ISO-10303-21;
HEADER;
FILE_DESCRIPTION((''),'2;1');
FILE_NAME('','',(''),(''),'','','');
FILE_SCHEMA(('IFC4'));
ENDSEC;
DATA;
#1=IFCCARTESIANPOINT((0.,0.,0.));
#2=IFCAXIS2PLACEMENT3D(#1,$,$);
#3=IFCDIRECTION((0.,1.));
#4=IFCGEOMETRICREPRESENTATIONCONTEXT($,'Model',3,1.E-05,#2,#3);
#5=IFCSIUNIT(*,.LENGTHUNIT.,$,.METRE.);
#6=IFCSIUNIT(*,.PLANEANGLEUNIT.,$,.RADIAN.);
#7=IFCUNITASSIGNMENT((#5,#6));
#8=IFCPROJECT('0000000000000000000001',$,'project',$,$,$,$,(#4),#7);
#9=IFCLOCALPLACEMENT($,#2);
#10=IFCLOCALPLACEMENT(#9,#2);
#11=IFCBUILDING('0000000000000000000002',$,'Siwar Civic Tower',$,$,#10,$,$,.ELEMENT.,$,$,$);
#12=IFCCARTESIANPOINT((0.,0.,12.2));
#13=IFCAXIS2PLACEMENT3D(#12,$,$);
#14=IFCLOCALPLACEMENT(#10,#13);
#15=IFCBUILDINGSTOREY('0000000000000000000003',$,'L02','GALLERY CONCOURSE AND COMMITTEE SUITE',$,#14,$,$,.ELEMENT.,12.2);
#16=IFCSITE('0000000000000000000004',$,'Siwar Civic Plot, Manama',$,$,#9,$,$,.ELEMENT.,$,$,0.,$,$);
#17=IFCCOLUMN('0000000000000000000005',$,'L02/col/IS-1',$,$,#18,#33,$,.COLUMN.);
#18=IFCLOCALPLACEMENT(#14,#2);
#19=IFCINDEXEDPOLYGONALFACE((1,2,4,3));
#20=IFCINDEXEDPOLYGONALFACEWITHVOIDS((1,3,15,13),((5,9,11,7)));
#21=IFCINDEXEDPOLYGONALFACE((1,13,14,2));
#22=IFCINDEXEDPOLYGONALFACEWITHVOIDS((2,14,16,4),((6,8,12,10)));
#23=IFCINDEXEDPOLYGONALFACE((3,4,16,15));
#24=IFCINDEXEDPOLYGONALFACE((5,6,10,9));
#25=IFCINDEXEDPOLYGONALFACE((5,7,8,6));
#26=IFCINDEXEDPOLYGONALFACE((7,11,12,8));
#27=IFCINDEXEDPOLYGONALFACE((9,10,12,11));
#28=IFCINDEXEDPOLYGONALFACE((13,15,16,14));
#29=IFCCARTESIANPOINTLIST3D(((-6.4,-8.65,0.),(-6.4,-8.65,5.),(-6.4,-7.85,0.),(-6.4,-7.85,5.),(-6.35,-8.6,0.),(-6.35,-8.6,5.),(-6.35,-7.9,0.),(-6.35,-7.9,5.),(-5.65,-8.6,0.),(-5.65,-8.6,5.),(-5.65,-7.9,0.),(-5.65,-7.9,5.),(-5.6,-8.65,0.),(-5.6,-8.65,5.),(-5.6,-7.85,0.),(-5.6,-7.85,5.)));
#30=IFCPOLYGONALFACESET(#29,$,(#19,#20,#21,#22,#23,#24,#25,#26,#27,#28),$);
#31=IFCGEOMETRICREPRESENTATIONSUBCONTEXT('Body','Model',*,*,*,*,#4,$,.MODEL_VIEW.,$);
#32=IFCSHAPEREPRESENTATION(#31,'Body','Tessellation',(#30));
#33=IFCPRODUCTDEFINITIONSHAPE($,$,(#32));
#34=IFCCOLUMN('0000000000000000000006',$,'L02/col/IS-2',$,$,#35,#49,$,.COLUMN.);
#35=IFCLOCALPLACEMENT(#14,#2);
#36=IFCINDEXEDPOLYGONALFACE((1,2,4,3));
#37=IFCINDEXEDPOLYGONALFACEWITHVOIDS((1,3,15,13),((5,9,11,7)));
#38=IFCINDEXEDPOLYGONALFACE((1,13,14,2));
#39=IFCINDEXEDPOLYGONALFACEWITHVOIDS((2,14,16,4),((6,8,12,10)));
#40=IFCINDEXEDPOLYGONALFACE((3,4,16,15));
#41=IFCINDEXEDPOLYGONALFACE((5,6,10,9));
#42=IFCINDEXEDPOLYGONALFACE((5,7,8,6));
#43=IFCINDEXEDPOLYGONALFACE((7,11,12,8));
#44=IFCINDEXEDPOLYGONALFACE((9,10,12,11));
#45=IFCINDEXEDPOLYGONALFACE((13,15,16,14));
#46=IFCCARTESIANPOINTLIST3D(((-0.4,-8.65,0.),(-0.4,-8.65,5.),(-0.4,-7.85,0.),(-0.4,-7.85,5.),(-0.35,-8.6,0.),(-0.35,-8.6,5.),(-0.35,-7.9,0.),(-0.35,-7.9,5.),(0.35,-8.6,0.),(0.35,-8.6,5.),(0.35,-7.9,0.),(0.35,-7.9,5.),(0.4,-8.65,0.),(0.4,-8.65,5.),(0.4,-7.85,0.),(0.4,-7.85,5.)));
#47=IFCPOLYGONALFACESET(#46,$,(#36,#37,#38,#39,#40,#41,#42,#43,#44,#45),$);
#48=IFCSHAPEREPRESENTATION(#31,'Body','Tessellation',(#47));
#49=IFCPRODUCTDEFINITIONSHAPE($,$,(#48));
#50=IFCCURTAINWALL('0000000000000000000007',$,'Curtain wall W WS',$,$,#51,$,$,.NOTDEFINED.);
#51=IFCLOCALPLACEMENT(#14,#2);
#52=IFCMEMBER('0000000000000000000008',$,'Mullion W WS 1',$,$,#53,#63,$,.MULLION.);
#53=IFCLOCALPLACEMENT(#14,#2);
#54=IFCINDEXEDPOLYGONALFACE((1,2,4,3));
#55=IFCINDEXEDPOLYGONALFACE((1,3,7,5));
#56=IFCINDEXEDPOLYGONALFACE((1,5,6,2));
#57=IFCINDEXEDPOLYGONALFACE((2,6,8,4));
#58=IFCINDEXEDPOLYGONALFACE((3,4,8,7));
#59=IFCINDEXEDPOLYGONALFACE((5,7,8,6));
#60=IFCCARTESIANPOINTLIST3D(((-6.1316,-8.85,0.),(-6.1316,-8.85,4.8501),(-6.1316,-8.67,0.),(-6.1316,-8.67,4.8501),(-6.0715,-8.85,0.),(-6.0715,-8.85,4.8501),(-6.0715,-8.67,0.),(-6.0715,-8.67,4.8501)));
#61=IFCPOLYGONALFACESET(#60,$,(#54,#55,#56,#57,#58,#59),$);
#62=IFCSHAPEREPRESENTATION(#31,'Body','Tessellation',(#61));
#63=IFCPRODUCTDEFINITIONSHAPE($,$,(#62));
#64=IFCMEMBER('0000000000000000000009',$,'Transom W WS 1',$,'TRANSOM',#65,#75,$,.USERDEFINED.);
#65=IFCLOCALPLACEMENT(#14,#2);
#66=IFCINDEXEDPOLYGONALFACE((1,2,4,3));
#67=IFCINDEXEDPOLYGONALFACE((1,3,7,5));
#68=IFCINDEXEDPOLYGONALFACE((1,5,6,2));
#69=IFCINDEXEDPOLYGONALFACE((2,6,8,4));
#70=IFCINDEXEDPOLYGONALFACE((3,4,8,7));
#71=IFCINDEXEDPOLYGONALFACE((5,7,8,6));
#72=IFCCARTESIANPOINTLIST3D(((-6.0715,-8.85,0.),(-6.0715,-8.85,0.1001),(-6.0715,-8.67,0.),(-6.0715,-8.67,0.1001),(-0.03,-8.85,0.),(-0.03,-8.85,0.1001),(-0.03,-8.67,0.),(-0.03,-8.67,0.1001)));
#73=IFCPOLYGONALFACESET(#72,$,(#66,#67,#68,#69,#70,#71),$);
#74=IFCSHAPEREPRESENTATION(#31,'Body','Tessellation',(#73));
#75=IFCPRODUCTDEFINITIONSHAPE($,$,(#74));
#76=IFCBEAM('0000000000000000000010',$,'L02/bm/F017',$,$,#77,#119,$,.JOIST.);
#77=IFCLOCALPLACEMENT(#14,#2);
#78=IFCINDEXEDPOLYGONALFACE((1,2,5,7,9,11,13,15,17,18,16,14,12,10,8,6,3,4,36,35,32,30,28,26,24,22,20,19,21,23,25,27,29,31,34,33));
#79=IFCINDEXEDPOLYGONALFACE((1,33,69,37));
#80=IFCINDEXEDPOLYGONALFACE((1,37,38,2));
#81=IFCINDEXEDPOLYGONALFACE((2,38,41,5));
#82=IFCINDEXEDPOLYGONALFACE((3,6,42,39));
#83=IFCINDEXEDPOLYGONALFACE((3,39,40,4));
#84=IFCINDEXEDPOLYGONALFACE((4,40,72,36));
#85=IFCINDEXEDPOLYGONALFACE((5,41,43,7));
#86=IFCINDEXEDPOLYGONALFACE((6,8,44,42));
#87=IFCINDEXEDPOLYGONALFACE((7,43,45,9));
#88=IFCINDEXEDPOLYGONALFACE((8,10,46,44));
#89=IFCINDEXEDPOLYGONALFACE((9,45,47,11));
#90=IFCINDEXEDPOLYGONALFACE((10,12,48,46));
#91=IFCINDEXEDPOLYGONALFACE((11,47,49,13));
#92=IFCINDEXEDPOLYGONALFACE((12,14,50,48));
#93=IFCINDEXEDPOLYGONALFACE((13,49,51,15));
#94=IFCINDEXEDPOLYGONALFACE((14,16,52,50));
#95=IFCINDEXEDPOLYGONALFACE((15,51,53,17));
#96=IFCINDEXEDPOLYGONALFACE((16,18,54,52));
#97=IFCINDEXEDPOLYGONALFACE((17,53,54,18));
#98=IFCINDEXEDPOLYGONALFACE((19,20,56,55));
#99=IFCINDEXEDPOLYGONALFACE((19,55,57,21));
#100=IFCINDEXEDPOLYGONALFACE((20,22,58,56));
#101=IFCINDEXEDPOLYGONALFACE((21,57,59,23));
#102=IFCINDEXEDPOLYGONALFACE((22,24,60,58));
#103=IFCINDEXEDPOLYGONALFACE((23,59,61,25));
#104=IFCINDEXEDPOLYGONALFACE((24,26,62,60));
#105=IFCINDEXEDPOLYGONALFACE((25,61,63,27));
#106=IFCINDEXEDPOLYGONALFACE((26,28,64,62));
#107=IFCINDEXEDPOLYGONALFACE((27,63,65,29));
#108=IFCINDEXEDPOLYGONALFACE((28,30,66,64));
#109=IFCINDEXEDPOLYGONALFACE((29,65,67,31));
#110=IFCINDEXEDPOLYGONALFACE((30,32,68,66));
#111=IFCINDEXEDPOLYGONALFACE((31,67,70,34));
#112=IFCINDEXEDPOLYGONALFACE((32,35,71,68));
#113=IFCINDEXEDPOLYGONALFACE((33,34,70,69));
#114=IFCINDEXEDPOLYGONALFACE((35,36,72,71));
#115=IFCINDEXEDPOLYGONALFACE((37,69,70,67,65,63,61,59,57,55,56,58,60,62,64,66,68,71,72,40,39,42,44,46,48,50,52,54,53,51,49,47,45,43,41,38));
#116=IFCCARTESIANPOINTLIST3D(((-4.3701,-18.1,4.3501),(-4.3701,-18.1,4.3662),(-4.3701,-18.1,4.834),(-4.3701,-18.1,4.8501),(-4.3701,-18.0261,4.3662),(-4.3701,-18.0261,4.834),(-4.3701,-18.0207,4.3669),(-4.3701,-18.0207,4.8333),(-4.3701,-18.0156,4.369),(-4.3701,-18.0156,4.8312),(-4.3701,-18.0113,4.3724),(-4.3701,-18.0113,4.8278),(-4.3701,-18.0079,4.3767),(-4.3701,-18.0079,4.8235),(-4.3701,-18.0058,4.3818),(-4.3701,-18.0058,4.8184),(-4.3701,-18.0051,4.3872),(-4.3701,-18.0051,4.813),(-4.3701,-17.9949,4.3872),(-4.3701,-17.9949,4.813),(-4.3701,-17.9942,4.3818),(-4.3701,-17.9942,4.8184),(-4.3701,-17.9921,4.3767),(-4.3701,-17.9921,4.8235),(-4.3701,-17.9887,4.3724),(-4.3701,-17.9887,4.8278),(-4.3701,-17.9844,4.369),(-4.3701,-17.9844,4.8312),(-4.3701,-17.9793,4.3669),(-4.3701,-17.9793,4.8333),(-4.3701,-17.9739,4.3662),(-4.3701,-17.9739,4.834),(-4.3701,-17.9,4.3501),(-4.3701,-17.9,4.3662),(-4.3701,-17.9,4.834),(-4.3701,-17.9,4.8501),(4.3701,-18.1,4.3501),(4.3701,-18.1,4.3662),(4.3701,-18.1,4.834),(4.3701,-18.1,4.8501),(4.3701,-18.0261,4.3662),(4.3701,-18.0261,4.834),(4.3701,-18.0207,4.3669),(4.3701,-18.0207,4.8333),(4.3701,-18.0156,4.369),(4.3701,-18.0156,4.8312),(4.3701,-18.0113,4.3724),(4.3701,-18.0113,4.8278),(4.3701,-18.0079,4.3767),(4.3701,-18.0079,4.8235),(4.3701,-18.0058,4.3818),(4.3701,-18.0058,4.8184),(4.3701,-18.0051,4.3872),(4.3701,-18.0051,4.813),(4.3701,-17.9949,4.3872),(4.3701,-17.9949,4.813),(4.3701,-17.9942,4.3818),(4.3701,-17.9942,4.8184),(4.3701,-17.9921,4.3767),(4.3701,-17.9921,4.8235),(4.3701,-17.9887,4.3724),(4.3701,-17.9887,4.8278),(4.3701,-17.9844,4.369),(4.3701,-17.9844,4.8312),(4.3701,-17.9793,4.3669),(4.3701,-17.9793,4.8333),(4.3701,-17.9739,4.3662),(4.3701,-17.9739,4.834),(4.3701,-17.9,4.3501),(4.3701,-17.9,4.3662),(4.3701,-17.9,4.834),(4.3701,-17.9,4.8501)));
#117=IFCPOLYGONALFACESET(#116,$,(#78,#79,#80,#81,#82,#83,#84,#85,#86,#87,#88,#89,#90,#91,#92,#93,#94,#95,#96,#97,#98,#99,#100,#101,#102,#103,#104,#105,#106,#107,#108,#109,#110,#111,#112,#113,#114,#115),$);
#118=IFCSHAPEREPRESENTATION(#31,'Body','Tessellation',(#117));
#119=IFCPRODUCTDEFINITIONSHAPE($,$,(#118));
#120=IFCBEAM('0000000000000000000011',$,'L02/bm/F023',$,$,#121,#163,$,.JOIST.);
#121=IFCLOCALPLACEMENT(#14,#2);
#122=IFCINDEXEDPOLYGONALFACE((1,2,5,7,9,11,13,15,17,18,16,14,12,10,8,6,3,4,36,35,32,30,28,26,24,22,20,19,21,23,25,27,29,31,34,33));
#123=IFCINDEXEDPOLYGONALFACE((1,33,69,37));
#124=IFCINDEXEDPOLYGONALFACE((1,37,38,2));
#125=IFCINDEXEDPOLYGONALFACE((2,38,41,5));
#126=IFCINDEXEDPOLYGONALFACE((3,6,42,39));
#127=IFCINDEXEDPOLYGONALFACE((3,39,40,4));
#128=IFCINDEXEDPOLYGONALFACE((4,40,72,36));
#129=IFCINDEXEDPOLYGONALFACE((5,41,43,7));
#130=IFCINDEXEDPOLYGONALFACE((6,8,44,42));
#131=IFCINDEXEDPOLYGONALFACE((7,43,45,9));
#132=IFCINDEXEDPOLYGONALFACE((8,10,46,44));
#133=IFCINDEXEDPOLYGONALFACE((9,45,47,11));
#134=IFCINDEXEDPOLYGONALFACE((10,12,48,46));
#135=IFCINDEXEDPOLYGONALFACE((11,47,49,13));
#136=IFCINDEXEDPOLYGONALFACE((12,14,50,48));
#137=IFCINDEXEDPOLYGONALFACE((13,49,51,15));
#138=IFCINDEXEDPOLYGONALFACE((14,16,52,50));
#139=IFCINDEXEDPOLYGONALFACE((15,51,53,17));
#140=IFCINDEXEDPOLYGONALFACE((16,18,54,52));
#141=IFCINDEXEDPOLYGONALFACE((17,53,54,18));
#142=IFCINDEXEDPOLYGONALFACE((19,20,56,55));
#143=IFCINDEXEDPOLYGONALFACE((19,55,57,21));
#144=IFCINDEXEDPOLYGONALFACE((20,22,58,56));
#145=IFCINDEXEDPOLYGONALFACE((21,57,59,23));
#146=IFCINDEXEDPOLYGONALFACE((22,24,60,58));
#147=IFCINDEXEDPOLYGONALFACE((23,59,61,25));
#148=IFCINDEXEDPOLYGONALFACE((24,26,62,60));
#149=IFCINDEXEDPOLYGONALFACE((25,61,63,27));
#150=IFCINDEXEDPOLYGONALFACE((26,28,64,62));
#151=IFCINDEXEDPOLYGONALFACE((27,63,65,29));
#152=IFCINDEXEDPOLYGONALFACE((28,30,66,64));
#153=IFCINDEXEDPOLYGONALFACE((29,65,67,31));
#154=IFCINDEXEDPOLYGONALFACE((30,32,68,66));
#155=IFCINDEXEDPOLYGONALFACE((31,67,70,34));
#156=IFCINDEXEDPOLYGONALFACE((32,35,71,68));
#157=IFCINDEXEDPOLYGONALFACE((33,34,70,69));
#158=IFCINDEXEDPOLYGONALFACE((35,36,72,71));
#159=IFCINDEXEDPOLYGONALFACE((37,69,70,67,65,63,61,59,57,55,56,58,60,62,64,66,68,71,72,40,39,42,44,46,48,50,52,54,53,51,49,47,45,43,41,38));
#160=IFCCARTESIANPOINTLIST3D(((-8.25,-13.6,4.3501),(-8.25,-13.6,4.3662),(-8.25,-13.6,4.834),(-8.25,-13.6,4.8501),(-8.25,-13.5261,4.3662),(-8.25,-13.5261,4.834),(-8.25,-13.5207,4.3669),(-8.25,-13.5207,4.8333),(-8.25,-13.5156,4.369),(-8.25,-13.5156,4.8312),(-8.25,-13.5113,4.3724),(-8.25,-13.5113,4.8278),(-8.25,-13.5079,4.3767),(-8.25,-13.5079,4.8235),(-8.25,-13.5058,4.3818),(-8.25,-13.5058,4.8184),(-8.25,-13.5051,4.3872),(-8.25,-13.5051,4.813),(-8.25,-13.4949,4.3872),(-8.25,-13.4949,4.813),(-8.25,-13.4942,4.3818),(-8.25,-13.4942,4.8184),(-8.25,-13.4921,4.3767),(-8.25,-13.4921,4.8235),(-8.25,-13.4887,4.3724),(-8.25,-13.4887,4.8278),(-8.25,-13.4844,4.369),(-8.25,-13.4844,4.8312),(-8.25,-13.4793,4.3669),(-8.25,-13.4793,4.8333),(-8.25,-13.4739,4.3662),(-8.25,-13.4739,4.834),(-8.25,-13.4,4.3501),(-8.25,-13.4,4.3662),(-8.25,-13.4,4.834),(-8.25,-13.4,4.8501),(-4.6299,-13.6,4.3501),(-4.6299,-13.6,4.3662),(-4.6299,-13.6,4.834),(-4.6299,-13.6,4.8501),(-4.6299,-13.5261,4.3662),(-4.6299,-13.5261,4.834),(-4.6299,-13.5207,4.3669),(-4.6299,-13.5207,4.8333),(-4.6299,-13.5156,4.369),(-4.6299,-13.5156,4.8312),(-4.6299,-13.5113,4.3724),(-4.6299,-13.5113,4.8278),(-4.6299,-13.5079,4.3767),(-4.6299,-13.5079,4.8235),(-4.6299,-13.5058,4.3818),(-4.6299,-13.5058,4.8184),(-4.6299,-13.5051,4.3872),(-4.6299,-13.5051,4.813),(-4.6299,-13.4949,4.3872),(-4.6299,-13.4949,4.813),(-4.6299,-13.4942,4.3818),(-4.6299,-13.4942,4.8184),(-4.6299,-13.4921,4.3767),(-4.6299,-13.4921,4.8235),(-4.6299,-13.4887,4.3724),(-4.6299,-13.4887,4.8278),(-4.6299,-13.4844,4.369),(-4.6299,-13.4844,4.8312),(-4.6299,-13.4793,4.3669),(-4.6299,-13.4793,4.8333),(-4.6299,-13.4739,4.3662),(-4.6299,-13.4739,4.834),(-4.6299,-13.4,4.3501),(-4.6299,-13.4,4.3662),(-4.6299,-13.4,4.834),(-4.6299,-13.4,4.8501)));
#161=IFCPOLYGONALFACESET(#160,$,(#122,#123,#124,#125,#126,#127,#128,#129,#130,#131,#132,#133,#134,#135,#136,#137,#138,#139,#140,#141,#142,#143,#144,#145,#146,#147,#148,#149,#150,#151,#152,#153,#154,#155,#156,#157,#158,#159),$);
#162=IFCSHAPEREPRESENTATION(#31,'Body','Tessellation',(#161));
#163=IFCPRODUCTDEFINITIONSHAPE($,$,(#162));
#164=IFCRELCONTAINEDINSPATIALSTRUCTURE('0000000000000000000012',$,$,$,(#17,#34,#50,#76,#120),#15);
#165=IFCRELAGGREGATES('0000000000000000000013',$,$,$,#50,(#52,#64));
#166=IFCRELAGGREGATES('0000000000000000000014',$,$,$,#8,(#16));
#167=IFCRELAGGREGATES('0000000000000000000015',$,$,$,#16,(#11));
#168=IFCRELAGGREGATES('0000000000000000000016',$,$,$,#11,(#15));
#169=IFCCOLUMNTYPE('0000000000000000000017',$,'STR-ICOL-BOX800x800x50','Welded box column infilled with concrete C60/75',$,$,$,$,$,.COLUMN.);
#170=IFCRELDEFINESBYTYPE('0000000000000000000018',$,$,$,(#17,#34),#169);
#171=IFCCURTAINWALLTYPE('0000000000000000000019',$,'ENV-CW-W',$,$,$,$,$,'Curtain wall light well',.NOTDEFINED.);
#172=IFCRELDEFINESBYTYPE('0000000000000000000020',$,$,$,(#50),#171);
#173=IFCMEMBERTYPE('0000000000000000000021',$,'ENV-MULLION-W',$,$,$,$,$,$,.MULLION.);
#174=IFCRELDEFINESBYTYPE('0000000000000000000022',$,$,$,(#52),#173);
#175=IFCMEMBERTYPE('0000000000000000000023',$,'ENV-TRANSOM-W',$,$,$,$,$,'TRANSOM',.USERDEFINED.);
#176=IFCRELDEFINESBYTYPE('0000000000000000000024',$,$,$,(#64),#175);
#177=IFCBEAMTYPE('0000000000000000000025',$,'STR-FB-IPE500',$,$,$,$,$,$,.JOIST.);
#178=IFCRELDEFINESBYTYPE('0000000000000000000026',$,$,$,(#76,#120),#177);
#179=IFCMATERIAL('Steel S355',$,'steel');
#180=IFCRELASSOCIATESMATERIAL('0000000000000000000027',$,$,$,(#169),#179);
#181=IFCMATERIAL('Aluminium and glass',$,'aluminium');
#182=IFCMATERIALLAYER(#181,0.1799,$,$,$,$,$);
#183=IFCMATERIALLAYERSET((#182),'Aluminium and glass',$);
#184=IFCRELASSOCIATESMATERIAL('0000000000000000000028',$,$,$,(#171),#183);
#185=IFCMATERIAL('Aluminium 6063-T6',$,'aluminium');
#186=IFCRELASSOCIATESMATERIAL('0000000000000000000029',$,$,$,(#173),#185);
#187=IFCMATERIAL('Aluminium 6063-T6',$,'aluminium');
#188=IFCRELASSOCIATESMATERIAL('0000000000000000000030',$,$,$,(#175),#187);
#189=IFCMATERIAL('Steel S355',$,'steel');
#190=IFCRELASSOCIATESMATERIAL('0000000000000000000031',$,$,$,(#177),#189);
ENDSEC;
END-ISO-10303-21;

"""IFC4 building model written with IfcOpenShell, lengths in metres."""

from ifc_helpers import new_model, si_unit, direction, frame, origin, origin_2d, place, context, subcontext, project, spatial, rectangle, hollow_rectangle, i_section, extrude, material, layer, layer_set, material_profile, profile_set, type_object, element, aggregate, save


model = new_model("IFC4")

# Units and contexts
model_context = context("Model", 3, precision=1e-05, world=origin(), true_north=direction((0.0, 1.0)))
body_context = subcontext(model_context, "Body", "Model", "MODEL_VIEW")
ifc_project = project(units=[si_unit("LENGTHUNIT", "METRE"), si_unit("PLANEANGLEUNIT", "RADIAN")], contexts=[model_context])

# Site, building, storey
site_placement = place(None, origin())
site = spatial("IfcSite", under=ifc_project, at=site_placement, Name="Siwar Civic Plot, Manama", CompositionType="ELEMENT", RefElevation=0.0)
building_placement = place(site_placement, origin())
building = spatial("IfcBuilding", under=site, at=building_placement, Name="Siwar Civic Tower", CompositionType="ELEMENT")
storey_placement = place(building_placement, frame((0.0, 0.0, 12.2)))
storey = spatial("IfcBuildingStorey", under=building, at=storey_placement, Name="L02", Description="GALLERY CONCOURSE AND COMMITTEE SUITE", CompositionType="ELEMENT", Elevation=12.2)

# Columns
ifc_material_1 = material(Name="Steel S355", Category="steel")
ifc_material_profile_1 = material_profile(ifc_material_1, hollow_rectangle(XDim=0.8, YDim=0.8, WallThickness=0.05, at=origin_2d()), Name="BOX800x800x50")
ifc_profile_set_1 = profile_set([ifc_material_profile_1], Name="Steel S355")
column_type = type_object("IfcColumnType", Name="STR-ICOL-BOX800x800x50", Description="Welded box column infilled with concrete C60/75", PredefinedType="COLUMN", material=ifc_profile_set_1)
for number, where, z_axis, x_axis, name in (
    (1, (-6.0, -8.25, 0.0), (0.0, 0.0, 1.0), (1.0, 0.0, 0.0), "L02/col/IS-1"),
    (2, (0.0, -8.25, 0.0), (0.0, 0.0, 1.0), (1.0, 0.0, 0.0), "L02/col/IS-2"),
):
    element("IfcColumn", number, at=place(storey_placement, frame(where, z_axis=z_axis, x_axis=x_axis)), inside=storey, type_object=column_type, Name=name, PredefinedType="COLUMN", context=body_context, shape_type="SweptSolid", body=[
        extrude(hollow_rectangle(XDim=0.8, YDim=0.8, WallThickness=0.05, at=origin_2d()), origin(), (0.0, 0.0, 1.0), 5.0),
    ])

# Curtain wall, members
ifc_material_2 = material(Name="Aluminium and glass", Category="aluminium")
ifc_layer_1 = layer(ifc_material_2, 0.1799)
ifc_layer_set_1 = layer_set([ifc_layer_1], Name="Aluminium and glass")
curtain_wall_type = type_object("IfcCurtainWallType", Name="ENV-CW-W", ElementType="Curtain wall light well", PredefinedType="NOTDEFINED", material=ifc_layer_set_1)
curtain_wall_placement = place(storey_placement, origin())
curtain_wall = element("IfcCurtainWall", 3, at=curtain_wall_placement, inside=storey, type_object=curtain_wall_type, Name="Curtain wall W WS", PredefinedType="NOTDEFINED")
ifc_material_3 = material(Name="Aluminium 6063-T6", Category="aluminium")
ifc_material_profile_2 = material_profile(ifc_material_3, rectangle(XDim=0.1799, YDim=0.0601, at=origin_2d()), Name="AL 180x60")
ifc_profile_set_2 = profile_set([ifc_material_profile_2], Name="Aluminium 6063-T6")
member_type_1 = type_object("IfcMemberType", Name="ENV-MULLION-W", PredefinedType="MULLION", material=ifc_profile_set_2)
member_1_placement = place(storey_placement, frame((-6.1016, -8.76, 0.0), z_axis=(0.0, 0.0, 1.0), x_axis=(0.0, 1.0, 0.0)))
member_1 = element("IfcMember", 4, at=member_1_placement, type_object=member_type_1, Name="Mullion W WS 1", PredefinedType="MULLION", context=body_context, shape_type="SweptSolid", body=[
    extrude(rectangle(XDim=0.1799, YDim=0.0601, at=origin_2d()), origin(), (0.0, 0.0, 1.0), 4.8501),
])
ifc_material_4 = material(Name="Aluminium 6063-T6", Category="aluminium")
ifc_material_profile_3 = material_profile(ifc_material_4, rectangle(XDim=0.1799, YDim=0.1001, at=origin_2d()), Name="AL 180x100")
ifc_profile_set_3 = profile_set([ifc_material_profile_3], Name="Aluminium 6063-T6")
member_type_2 = type_object("IfcMemberType", Name="ENV-TRANSOM-W", ElementType="TRANSOM", PredefinedType="USERDEFINED", material=ifc_profile_set_3)
member_2_placement = place(storey_placement, frame((-6.0715, -8.76, 0.05), z_axis=(1.0, 0.0, 0.0), x_axis=(0.0, 1.0, 0.0)))
member_2 = element("IfcMember", 5, at=member_2_placement, type_object=member_type_2, Name="Transom W WS 1", ObjectType="TRANSOM", PredefinedType="USERDEFINED", context=body_context, shape_type="SweptSolid", body=[
    extrude(rectangle(XDim=0.1799, YDim=0.1001, at=origin_2d()), origin(), (0.0, 0.0, 1.0), 6.0415),
])

# Beams
ifc_material_5 = material(Name="Steel S355", Category="steel")
ifc_material_profile_4 = material_profile(ifc_material_5, i_section(OverallWidth=0.2, OverallDepth=0.5, WebThickness=0.0103, FlangeThickness=0.0161, FilletRadius=0.021, at=origin_2d()), Name="IPE500")
ifc_profile_set_4 = profile_set([ifc_material_profile_4], Name="Steel S355")
beam_type_1 = type_object("IfcBeamType", Name="STR-FB-IPE500", PredefinedType="JOIST", material=ifc_profile_set_4)
beam_1_placement = place(storey_placement, frame((-4.3701, -18.0, 4.6001), z_axis=(1.0, 0.0, 0.0), x_axis=(0.0, 1.0, 0.0)))
element("IfcBeam", 6, at=beam_1_placement, inside=storey, type_object=beam_type_1, Name="L02/bm/F017", PredefinedType="JOIST", context=body_context, shape_type="SweptSolid", body=[
    extrude(i_section(OverallWidth=0.2, OverallDepth=0.5, WebThickness=0.0103, FlangeThickness=0.0161, FilletRadius=0.021, at=origin_2d()), origin(), (0.0, 0.0, 1.0), 8.7402),
])
beam_2_placement = place(storey_placement, frame((-8.25, -13.5, 4.6001), z_axis=(1.0, 0.0, 0.0), x_axis=(0.0, 1.0, 0.0)))
element("IfcBeam", 7, at=beam_2_placement, inside=storey, type_object=beam_type_1, Name="L02/bm/F023", PredefinedType="JOIST", context=body_context, shape_type="SweptSolid", body=[
    extrude(i_section(OverallWidth=0.2, OverallDepth=0.5, WebThickness=0.0103, FlangeThickness=0.0161, FilletRadius=0.021, at=origin_2d()), origin(), (0.0, 0.0, 1.0), 3.6201),
])

aggregate(curtain_wall, [member_1, member_2])

save(model, "model.ifc")
